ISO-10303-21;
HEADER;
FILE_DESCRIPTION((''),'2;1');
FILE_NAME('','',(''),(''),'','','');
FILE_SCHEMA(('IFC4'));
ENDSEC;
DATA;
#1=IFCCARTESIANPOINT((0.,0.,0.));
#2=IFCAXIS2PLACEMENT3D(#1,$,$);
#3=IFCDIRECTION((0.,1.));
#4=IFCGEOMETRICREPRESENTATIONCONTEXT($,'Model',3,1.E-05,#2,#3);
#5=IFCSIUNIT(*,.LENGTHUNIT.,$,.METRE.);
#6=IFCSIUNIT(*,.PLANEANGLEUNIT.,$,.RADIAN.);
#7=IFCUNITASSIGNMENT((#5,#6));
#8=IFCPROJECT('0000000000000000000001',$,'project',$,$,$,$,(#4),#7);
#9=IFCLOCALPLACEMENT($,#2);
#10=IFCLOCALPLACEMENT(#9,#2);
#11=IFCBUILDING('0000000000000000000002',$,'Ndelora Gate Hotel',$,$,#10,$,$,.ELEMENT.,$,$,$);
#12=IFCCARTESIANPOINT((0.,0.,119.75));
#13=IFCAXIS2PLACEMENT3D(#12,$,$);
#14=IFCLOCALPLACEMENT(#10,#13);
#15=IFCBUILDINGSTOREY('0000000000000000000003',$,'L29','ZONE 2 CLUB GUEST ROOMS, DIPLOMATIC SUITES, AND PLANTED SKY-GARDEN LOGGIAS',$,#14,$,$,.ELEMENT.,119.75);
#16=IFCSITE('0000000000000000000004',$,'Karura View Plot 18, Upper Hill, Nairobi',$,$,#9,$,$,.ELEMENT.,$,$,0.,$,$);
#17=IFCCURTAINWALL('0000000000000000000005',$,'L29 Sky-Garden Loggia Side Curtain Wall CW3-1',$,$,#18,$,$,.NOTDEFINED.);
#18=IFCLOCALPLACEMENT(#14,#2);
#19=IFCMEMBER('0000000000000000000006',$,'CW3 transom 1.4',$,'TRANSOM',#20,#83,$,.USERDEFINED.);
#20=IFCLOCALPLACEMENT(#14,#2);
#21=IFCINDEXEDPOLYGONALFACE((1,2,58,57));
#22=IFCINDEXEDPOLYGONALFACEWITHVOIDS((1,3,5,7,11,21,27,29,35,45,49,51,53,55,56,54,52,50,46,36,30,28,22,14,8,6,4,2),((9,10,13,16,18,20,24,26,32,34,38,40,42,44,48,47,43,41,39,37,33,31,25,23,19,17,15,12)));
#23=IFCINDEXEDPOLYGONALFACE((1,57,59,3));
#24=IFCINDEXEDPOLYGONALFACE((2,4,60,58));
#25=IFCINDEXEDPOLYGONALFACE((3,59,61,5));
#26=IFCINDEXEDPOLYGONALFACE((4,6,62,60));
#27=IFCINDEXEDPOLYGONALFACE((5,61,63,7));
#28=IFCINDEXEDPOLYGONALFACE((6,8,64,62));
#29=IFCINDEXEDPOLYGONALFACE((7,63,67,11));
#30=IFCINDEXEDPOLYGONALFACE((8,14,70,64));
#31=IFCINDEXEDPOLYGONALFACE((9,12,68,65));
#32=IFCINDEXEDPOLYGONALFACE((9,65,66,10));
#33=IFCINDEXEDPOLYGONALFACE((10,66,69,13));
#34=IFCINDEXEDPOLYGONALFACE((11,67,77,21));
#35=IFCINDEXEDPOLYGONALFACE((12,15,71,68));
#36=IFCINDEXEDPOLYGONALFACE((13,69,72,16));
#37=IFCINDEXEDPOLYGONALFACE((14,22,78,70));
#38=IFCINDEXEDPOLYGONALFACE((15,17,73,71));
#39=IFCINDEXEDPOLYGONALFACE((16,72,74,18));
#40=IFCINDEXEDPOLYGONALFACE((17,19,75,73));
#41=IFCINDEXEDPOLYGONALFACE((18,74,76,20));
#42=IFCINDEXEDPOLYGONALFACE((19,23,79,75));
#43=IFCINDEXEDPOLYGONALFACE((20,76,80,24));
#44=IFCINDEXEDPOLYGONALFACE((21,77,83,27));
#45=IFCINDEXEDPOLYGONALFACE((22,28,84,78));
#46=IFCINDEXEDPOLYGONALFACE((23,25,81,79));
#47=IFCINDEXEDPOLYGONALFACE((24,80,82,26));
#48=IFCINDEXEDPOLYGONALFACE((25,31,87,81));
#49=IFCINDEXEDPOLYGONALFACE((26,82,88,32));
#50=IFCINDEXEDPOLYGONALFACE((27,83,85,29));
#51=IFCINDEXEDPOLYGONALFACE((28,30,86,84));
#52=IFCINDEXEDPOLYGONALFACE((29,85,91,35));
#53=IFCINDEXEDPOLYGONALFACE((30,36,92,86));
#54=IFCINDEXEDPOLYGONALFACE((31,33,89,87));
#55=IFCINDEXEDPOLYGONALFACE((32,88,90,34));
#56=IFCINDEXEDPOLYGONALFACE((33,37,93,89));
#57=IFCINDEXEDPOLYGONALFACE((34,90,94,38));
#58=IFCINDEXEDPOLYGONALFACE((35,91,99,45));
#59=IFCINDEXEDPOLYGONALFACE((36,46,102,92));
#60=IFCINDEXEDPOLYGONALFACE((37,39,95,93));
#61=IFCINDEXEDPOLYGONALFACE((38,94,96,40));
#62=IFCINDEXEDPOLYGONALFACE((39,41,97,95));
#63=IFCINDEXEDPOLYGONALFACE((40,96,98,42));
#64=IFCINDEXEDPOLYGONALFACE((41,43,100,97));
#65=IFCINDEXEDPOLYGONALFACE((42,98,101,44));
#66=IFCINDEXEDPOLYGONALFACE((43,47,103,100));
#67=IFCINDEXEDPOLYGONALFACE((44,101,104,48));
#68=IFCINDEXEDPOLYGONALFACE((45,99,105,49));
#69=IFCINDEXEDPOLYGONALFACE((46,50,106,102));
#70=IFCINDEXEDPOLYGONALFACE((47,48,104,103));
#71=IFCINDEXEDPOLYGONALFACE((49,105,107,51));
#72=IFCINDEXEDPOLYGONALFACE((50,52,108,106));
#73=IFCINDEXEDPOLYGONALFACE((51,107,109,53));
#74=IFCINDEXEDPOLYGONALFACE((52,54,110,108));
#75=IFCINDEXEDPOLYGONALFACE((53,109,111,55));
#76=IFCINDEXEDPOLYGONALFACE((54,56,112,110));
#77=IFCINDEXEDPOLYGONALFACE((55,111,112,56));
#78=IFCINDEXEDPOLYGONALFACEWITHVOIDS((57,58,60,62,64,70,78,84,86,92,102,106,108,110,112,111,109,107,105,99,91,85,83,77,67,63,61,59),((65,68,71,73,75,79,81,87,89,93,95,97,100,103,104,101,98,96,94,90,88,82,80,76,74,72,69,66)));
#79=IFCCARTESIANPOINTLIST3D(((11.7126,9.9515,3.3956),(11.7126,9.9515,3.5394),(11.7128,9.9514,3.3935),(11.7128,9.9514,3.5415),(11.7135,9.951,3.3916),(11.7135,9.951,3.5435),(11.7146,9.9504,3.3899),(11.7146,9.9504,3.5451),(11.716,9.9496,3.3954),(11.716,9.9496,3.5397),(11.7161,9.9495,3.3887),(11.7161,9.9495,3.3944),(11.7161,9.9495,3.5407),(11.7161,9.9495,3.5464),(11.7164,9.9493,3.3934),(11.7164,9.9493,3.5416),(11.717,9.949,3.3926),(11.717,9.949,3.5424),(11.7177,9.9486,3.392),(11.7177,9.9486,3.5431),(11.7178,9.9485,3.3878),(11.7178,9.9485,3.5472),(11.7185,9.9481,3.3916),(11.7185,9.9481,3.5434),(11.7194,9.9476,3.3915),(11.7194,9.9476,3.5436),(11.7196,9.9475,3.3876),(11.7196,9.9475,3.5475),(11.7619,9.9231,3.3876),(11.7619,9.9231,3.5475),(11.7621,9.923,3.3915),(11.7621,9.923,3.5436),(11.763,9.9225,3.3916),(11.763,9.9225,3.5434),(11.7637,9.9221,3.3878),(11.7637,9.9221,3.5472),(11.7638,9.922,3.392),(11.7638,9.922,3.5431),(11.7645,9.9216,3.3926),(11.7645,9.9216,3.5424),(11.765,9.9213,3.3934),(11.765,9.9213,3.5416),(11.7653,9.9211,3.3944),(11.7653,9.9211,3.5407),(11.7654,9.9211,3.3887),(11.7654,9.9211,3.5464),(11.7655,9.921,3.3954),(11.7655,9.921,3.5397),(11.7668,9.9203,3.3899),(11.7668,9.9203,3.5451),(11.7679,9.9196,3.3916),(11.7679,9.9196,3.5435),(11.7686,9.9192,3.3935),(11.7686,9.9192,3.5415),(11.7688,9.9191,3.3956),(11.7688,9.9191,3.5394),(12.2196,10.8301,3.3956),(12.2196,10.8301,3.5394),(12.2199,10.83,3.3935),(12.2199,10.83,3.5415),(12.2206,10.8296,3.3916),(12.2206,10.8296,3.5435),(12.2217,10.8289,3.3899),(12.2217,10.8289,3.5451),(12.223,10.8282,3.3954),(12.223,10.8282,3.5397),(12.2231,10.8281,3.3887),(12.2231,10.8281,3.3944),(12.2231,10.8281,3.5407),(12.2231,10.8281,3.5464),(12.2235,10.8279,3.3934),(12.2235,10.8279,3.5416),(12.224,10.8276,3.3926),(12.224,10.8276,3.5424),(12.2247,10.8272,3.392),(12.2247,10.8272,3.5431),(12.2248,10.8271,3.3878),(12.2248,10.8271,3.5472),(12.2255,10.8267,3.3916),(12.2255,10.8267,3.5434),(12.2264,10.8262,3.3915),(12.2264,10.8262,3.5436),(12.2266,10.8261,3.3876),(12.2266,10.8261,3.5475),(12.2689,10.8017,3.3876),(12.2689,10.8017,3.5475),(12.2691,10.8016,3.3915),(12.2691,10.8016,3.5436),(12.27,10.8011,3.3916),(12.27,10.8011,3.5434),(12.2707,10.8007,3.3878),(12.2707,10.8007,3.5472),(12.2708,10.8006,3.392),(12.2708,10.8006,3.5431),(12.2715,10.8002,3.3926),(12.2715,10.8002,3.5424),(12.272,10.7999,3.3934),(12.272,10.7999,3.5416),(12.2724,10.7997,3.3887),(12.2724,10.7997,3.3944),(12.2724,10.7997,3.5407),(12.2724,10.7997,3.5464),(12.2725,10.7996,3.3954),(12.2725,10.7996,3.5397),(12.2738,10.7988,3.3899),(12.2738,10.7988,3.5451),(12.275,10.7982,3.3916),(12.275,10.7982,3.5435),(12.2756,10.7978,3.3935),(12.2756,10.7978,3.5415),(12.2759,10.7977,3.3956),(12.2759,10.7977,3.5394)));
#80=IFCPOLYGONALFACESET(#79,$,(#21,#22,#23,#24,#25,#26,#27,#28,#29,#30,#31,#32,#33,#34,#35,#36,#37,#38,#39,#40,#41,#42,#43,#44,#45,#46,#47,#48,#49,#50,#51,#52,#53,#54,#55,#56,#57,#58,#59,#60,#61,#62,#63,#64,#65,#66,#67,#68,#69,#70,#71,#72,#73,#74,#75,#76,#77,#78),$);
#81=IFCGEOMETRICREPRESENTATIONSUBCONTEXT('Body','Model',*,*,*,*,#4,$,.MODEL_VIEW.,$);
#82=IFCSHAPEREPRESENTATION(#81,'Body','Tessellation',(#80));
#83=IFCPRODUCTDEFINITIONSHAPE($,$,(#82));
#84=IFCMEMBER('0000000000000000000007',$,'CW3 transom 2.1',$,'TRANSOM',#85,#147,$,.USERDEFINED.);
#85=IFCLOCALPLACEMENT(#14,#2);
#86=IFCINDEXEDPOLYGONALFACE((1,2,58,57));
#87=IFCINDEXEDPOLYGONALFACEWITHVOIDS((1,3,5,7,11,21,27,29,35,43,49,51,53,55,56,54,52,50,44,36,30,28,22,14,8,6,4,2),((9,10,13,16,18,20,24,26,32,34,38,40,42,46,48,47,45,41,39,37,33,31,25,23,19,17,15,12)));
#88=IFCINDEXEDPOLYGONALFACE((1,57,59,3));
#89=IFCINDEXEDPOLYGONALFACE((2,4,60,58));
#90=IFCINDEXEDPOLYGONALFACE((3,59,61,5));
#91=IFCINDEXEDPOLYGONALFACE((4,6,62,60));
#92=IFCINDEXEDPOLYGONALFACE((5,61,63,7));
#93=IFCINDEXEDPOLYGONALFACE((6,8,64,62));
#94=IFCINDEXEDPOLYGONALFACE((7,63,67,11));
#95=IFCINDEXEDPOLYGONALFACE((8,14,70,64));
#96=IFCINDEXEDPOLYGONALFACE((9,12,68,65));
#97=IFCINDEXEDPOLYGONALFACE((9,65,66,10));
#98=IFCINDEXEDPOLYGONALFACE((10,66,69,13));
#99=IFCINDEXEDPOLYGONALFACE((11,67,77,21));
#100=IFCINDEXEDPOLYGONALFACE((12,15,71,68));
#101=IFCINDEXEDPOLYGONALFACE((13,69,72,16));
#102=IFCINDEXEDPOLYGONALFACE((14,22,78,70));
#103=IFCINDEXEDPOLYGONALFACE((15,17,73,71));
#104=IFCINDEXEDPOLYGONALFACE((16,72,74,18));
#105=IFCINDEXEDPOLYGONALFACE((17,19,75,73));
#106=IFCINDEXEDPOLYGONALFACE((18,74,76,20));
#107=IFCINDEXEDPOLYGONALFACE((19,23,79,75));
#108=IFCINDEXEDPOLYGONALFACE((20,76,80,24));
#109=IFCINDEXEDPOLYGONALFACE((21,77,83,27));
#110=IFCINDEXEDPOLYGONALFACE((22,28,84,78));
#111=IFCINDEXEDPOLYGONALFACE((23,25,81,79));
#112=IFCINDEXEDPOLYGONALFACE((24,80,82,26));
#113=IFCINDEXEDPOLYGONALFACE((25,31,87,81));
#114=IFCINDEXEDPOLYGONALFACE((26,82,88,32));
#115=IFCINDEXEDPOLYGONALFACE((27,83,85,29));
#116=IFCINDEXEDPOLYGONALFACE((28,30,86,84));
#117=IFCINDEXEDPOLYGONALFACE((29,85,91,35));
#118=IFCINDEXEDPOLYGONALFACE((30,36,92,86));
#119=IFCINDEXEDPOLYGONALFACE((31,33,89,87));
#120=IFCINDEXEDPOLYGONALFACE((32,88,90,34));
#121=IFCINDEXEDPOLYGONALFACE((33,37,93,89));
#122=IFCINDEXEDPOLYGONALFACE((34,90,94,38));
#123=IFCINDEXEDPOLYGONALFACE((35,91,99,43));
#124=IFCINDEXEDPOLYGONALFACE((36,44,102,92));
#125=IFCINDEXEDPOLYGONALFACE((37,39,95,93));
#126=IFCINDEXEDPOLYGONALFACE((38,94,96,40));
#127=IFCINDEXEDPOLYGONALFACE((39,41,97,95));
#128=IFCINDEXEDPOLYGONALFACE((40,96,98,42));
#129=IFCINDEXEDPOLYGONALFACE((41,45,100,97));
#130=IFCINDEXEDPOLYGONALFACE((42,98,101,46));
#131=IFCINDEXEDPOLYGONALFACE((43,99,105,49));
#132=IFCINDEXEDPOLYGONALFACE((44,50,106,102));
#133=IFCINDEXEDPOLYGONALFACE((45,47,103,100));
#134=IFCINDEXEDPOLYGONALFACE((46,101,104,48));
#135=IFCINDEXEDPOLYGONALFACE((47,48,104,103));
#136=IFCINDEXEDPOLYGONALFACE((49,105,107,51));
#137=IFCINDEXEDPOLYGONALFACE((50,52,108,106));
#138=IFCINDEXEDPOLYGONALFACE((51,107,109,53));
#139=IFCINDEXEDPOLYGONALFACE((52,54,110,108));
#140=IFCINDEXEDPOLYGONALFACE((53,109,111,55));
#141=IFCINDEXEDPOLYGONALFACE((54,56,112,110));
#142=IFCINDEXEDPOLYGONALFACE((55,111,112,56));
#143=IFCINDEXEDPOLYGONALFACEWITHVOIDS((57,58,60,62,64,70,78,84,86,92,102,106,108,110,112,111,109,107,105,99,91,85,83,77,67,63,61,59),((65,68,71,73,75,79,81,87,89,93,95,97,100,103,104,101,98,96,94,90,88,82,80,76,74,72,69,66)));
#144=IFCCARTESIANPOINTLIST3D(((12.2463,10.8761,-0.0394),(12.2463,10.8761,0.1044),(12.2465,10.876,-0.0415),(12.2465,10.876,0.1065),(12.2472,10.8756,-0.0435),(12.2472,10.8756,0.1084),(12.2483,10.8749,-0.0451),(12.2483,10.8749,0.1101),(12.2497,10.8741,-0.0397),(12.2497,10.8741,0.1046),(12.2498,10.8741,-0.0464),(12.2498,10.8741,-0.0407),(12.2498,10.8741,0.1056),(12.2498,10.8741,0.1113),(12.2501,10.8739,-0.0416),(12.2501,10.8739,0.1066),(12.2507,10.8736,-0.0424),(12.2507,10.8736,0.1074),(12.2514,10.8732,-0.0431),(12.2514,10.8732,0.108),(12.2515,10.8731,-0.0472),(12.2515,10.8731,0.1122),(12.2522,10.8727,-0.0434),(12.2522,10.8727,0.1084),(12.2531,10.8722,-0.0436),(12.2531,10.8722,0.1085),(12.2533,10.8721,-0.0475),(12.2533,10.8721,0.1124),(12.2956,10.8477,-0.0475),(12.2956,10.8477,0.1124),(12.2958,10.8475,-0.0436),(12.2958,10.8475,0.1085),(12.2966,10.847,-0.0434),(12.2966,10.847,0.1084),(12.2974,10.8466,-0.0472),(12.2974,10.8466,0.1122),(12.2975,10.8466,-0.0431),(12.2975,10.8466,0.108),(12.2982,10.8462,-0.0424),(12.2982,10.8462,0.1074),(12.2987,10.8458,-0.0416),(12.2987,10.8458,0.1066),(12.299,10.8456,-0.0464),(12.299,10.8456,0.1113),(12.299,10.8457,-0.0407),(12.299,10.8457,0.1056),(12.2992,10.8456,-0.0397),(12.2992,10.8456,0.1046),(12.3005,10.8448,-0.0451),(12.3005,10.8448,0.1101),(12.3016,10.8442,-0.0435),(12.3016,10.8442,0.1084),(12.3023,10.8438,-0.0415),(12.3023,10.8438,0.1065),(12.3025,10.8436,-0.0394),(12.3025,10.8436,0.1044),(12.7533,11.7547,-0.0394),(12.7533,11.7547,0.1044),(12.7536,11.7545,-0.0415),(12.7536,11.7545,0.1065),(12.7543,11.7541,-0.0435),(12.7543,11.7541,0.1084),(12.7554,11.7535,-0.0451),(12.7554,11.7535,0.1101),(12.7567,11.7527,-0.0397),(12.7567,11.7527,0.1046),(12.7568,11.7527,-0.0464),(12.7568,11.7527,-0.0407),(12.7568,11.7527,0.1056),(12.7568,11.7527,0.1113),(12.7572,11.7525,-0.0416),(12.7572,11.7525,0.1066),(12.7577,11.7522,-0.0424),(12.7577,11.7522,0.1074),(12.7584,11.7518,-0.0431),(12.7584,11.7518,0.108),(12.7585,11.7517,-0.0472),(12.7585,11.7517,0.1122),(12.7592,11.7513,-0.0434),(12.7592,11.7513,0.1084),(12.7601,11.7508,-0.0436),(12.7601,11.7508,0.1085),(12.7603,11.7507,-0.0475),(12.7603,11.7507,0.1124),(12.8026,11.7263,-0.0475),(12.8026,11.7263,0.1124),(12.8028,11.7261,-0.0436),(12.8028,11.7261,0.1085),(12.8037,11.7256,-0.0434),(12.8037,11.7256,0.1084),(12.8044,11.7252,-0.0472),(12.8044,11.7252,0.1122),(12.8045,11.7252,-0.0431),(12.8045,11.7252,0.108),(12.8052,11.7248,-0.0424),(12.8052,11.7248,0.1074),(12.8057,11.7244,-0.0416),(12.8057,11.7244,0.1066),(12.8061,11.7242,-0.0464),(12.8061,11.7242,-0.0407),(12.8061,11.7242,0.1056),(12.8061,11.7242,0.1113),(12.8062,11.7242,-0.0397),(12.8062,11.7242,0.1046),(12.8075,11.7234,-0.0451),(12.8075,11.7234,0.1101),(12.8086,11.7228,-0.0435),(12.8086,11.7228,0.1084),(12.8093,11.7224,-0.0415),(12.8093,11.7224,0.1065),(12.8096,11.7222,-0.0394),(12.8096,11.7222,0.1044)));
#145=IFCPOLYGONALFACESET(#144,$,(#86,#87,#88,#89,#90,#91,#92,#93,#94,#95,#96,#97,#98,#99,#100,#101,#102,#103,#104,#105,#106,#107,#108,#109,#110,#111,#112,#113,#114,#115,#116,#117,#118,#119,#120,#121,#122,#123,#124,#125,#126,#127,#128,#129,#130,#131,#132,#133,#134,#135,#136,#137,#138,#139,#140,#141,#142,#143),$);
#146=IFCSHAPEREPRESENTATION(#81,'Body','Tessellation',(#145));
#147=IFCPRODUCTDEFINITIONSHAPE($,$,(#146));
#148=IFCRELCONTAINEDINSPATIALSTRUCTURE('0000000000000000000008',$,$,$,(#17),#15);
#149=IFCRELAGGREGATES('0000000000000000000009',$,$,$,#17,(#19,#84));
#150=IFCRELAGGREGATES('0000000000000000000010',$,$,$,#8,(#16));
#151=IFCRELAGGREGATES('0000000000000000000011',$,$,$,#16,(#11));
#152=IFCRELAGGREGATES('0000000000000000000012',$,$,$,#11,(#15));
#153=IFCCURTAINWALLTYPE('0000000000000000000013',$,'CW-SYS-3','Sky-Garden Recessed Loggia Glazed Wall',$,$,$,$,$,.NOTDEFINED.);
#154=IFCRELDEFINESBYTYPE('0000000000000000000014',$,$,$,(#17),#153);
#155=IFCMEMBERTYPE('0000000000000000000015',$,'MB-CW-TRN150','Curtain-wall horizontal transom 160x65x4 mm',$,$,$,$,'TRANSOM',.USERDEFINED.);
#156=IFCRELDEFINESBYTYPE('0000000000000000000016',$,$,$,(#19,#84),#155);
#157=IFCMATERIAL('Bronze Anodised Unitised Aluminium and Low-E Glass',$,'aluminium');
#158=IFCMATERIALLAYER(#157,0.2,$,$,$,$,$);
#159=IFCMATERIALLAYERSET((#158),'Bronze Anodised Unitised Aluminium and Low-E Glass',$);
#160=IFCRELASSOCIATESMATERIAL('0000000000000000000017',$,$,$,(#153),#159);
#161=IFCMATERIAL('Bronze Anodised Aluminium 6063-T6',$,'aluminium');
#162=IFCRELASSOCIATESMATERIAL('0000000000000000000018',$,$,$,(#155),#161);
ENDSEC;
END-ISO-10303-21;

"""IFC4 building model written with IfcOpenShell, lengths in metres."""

from ifc_helpers import new_model, si_unit, direction, frame, origin, origin_2d, place, context, subcontext, project, spatial, hollow_rectangle, extrude, material, layer, layer_set, material_profile, profile_set, type_object, element, aggregate, save


model = new_model("IFC4")

# Units and contexts
model_context = context("Model", 3, precision=1e-05, world=origin(), true_north=direction((0.0, 1.0)))
body_context = subcontext(model_context, "Body", "Model", "MODEL_VIEW")
ifc_project = project(units=[si_unit("LENGTHUNIT", "METRE"), si_unit("PLANEANGLEUNIT", "RADIAN")], contexts=[model_context])

# Site, building, storey
site_placement = place(None, origin())
site = spatial("IfcSite", under=ifc_project, at=site_placement, Name="Karura View Plot 18, Upper Hill, Nairobi", CompositionType="ELEMENT", RefElevation=0.0)
building_placement = place(site_placement, origin())
building = spatial("IfcBuilding", under=site, at=building_placement, Name="Ndelora Gate Hotel", CompositionType="ELEMENT")
storey_placement = place(building_placement, frame((0.0, 0.0, 119.75)))
storey = spatial("IfcBuildingStorey", under=building, at=storey_placement, Name="L29", Description="ZONE 2 CLUB GUEST ROOMS, DIPLOMATIC SUITES, AND PLANTED SKY-GARDEN LOGGIAS", CompositionType="ELEMENT", Elevation=119.75)

# Curtain wall, members
ifc_material_1 = material(Name="Bronze Anodised Unitised Aluminium and Low-E Glass", Category="aluminium")
ifc_layer_1 = layer(ifc_material_1, 0.2)
ifc_layer_set_1 = layer_set([ifc_layer_1], Name="Bronze Anodised Unitised Aluminium and Low-E Glass")
curtain_wall_type = type_object("IfcCurtainWallType", Name="CW-SYS-3", Description="Sky-Garden Recessed Loggia Glazed Wall", PredefinedType="NOTDEFINED", material=ifc_layer_set_1)
curtain_wall_placement = place(storey_placement, origin())
curtain_wall = element("IfcCurtainWall", 1, at=curtain_wall_placement, inside=storey, type_object=curtain_wall_type, Name="L29 Sky-Garden Loggia Side Curtain Wall CW3-1", PredefinedType="NOTDEFINED")
ifc_material_2 = material(Name="Bronze Anodised Aluminium 6063-T6", Category="aluminium")
ifc_material_profile_1 = material_profile(ifc_material_2, hollow_rectangle(XDim=0.0649, YDim=0.1599, WallThickness=0.0039, InnerFilletRadius=0.0039, OuterFilletRadius=0.0081, at=origin_2d()), Name="ALU 160x65x4")
ifc_profile_set_1 = profile_set([ifc_material_profile_1], Name="Bronze Anodised Aluminium 6063-T6")
member_type_1 = type_object("IfcMemberType", Name="MB-CW-TRN150", Description="Curtain-wall horizontal transom 160x65x4 mm", ElementType="TRANSOM", PredefinedType="USERDEFINED", material=ifc_profile_set_1)
member_1_placement = place(storey_placement, frame((11.7407, 9.9353, 3.4675), z_axis=(0.499841, 0.866117, 0.0), x_axis=(-0.866117, 0.499841, 0.0)))
member_1 = element("IfcMember", 2, at=member_1_placement, type_object=member_type_1, Name="CW3 transom 1.4", ObjectType="TRANSOM", PredefinedType="USERDEFINED", context=body_context, shape_type="SweptSolid", body=[
    extrude(hollow_rectangle(XDim=0.0649, YDim=0.1599, WallThickness=0.0039, InnerFilletRadius=0.0039, OuterFilletRadius=0.0081, at=origin_2d()), origin(), (0.0, 0.0, 1.0), 1.0144),
])
member_2_placement = place(storey_placement, frame((12.2744, 10.8599, 0.0325), z_axis=(0.499841, 0.866117, 0.0), x_axis=(-0.866117, 0.499841, 0.0)))
member_2 = element("IfcMember", 3, at=member_2_placement, type_object=member_type_1, Name="CW3 transom 2.1", ObjectType="TRANSOM", PredefinedType="USERDEFINED", context=body_context, shape_type="SweptSolid", body=[
    extrude(hollow_rectangle(XDim=0.0649, YDim=0.1599, WallThickness=0.0039, InnerFilletRadius=0.0039, OuterFilletRadius=0.0081, at=origin_2d()), origin(), (0.0, 0.0, 1.0), 1.0144),
])
aggregate(curtain_wall, [member_1, member_2])

save(model, "model.ifc")
